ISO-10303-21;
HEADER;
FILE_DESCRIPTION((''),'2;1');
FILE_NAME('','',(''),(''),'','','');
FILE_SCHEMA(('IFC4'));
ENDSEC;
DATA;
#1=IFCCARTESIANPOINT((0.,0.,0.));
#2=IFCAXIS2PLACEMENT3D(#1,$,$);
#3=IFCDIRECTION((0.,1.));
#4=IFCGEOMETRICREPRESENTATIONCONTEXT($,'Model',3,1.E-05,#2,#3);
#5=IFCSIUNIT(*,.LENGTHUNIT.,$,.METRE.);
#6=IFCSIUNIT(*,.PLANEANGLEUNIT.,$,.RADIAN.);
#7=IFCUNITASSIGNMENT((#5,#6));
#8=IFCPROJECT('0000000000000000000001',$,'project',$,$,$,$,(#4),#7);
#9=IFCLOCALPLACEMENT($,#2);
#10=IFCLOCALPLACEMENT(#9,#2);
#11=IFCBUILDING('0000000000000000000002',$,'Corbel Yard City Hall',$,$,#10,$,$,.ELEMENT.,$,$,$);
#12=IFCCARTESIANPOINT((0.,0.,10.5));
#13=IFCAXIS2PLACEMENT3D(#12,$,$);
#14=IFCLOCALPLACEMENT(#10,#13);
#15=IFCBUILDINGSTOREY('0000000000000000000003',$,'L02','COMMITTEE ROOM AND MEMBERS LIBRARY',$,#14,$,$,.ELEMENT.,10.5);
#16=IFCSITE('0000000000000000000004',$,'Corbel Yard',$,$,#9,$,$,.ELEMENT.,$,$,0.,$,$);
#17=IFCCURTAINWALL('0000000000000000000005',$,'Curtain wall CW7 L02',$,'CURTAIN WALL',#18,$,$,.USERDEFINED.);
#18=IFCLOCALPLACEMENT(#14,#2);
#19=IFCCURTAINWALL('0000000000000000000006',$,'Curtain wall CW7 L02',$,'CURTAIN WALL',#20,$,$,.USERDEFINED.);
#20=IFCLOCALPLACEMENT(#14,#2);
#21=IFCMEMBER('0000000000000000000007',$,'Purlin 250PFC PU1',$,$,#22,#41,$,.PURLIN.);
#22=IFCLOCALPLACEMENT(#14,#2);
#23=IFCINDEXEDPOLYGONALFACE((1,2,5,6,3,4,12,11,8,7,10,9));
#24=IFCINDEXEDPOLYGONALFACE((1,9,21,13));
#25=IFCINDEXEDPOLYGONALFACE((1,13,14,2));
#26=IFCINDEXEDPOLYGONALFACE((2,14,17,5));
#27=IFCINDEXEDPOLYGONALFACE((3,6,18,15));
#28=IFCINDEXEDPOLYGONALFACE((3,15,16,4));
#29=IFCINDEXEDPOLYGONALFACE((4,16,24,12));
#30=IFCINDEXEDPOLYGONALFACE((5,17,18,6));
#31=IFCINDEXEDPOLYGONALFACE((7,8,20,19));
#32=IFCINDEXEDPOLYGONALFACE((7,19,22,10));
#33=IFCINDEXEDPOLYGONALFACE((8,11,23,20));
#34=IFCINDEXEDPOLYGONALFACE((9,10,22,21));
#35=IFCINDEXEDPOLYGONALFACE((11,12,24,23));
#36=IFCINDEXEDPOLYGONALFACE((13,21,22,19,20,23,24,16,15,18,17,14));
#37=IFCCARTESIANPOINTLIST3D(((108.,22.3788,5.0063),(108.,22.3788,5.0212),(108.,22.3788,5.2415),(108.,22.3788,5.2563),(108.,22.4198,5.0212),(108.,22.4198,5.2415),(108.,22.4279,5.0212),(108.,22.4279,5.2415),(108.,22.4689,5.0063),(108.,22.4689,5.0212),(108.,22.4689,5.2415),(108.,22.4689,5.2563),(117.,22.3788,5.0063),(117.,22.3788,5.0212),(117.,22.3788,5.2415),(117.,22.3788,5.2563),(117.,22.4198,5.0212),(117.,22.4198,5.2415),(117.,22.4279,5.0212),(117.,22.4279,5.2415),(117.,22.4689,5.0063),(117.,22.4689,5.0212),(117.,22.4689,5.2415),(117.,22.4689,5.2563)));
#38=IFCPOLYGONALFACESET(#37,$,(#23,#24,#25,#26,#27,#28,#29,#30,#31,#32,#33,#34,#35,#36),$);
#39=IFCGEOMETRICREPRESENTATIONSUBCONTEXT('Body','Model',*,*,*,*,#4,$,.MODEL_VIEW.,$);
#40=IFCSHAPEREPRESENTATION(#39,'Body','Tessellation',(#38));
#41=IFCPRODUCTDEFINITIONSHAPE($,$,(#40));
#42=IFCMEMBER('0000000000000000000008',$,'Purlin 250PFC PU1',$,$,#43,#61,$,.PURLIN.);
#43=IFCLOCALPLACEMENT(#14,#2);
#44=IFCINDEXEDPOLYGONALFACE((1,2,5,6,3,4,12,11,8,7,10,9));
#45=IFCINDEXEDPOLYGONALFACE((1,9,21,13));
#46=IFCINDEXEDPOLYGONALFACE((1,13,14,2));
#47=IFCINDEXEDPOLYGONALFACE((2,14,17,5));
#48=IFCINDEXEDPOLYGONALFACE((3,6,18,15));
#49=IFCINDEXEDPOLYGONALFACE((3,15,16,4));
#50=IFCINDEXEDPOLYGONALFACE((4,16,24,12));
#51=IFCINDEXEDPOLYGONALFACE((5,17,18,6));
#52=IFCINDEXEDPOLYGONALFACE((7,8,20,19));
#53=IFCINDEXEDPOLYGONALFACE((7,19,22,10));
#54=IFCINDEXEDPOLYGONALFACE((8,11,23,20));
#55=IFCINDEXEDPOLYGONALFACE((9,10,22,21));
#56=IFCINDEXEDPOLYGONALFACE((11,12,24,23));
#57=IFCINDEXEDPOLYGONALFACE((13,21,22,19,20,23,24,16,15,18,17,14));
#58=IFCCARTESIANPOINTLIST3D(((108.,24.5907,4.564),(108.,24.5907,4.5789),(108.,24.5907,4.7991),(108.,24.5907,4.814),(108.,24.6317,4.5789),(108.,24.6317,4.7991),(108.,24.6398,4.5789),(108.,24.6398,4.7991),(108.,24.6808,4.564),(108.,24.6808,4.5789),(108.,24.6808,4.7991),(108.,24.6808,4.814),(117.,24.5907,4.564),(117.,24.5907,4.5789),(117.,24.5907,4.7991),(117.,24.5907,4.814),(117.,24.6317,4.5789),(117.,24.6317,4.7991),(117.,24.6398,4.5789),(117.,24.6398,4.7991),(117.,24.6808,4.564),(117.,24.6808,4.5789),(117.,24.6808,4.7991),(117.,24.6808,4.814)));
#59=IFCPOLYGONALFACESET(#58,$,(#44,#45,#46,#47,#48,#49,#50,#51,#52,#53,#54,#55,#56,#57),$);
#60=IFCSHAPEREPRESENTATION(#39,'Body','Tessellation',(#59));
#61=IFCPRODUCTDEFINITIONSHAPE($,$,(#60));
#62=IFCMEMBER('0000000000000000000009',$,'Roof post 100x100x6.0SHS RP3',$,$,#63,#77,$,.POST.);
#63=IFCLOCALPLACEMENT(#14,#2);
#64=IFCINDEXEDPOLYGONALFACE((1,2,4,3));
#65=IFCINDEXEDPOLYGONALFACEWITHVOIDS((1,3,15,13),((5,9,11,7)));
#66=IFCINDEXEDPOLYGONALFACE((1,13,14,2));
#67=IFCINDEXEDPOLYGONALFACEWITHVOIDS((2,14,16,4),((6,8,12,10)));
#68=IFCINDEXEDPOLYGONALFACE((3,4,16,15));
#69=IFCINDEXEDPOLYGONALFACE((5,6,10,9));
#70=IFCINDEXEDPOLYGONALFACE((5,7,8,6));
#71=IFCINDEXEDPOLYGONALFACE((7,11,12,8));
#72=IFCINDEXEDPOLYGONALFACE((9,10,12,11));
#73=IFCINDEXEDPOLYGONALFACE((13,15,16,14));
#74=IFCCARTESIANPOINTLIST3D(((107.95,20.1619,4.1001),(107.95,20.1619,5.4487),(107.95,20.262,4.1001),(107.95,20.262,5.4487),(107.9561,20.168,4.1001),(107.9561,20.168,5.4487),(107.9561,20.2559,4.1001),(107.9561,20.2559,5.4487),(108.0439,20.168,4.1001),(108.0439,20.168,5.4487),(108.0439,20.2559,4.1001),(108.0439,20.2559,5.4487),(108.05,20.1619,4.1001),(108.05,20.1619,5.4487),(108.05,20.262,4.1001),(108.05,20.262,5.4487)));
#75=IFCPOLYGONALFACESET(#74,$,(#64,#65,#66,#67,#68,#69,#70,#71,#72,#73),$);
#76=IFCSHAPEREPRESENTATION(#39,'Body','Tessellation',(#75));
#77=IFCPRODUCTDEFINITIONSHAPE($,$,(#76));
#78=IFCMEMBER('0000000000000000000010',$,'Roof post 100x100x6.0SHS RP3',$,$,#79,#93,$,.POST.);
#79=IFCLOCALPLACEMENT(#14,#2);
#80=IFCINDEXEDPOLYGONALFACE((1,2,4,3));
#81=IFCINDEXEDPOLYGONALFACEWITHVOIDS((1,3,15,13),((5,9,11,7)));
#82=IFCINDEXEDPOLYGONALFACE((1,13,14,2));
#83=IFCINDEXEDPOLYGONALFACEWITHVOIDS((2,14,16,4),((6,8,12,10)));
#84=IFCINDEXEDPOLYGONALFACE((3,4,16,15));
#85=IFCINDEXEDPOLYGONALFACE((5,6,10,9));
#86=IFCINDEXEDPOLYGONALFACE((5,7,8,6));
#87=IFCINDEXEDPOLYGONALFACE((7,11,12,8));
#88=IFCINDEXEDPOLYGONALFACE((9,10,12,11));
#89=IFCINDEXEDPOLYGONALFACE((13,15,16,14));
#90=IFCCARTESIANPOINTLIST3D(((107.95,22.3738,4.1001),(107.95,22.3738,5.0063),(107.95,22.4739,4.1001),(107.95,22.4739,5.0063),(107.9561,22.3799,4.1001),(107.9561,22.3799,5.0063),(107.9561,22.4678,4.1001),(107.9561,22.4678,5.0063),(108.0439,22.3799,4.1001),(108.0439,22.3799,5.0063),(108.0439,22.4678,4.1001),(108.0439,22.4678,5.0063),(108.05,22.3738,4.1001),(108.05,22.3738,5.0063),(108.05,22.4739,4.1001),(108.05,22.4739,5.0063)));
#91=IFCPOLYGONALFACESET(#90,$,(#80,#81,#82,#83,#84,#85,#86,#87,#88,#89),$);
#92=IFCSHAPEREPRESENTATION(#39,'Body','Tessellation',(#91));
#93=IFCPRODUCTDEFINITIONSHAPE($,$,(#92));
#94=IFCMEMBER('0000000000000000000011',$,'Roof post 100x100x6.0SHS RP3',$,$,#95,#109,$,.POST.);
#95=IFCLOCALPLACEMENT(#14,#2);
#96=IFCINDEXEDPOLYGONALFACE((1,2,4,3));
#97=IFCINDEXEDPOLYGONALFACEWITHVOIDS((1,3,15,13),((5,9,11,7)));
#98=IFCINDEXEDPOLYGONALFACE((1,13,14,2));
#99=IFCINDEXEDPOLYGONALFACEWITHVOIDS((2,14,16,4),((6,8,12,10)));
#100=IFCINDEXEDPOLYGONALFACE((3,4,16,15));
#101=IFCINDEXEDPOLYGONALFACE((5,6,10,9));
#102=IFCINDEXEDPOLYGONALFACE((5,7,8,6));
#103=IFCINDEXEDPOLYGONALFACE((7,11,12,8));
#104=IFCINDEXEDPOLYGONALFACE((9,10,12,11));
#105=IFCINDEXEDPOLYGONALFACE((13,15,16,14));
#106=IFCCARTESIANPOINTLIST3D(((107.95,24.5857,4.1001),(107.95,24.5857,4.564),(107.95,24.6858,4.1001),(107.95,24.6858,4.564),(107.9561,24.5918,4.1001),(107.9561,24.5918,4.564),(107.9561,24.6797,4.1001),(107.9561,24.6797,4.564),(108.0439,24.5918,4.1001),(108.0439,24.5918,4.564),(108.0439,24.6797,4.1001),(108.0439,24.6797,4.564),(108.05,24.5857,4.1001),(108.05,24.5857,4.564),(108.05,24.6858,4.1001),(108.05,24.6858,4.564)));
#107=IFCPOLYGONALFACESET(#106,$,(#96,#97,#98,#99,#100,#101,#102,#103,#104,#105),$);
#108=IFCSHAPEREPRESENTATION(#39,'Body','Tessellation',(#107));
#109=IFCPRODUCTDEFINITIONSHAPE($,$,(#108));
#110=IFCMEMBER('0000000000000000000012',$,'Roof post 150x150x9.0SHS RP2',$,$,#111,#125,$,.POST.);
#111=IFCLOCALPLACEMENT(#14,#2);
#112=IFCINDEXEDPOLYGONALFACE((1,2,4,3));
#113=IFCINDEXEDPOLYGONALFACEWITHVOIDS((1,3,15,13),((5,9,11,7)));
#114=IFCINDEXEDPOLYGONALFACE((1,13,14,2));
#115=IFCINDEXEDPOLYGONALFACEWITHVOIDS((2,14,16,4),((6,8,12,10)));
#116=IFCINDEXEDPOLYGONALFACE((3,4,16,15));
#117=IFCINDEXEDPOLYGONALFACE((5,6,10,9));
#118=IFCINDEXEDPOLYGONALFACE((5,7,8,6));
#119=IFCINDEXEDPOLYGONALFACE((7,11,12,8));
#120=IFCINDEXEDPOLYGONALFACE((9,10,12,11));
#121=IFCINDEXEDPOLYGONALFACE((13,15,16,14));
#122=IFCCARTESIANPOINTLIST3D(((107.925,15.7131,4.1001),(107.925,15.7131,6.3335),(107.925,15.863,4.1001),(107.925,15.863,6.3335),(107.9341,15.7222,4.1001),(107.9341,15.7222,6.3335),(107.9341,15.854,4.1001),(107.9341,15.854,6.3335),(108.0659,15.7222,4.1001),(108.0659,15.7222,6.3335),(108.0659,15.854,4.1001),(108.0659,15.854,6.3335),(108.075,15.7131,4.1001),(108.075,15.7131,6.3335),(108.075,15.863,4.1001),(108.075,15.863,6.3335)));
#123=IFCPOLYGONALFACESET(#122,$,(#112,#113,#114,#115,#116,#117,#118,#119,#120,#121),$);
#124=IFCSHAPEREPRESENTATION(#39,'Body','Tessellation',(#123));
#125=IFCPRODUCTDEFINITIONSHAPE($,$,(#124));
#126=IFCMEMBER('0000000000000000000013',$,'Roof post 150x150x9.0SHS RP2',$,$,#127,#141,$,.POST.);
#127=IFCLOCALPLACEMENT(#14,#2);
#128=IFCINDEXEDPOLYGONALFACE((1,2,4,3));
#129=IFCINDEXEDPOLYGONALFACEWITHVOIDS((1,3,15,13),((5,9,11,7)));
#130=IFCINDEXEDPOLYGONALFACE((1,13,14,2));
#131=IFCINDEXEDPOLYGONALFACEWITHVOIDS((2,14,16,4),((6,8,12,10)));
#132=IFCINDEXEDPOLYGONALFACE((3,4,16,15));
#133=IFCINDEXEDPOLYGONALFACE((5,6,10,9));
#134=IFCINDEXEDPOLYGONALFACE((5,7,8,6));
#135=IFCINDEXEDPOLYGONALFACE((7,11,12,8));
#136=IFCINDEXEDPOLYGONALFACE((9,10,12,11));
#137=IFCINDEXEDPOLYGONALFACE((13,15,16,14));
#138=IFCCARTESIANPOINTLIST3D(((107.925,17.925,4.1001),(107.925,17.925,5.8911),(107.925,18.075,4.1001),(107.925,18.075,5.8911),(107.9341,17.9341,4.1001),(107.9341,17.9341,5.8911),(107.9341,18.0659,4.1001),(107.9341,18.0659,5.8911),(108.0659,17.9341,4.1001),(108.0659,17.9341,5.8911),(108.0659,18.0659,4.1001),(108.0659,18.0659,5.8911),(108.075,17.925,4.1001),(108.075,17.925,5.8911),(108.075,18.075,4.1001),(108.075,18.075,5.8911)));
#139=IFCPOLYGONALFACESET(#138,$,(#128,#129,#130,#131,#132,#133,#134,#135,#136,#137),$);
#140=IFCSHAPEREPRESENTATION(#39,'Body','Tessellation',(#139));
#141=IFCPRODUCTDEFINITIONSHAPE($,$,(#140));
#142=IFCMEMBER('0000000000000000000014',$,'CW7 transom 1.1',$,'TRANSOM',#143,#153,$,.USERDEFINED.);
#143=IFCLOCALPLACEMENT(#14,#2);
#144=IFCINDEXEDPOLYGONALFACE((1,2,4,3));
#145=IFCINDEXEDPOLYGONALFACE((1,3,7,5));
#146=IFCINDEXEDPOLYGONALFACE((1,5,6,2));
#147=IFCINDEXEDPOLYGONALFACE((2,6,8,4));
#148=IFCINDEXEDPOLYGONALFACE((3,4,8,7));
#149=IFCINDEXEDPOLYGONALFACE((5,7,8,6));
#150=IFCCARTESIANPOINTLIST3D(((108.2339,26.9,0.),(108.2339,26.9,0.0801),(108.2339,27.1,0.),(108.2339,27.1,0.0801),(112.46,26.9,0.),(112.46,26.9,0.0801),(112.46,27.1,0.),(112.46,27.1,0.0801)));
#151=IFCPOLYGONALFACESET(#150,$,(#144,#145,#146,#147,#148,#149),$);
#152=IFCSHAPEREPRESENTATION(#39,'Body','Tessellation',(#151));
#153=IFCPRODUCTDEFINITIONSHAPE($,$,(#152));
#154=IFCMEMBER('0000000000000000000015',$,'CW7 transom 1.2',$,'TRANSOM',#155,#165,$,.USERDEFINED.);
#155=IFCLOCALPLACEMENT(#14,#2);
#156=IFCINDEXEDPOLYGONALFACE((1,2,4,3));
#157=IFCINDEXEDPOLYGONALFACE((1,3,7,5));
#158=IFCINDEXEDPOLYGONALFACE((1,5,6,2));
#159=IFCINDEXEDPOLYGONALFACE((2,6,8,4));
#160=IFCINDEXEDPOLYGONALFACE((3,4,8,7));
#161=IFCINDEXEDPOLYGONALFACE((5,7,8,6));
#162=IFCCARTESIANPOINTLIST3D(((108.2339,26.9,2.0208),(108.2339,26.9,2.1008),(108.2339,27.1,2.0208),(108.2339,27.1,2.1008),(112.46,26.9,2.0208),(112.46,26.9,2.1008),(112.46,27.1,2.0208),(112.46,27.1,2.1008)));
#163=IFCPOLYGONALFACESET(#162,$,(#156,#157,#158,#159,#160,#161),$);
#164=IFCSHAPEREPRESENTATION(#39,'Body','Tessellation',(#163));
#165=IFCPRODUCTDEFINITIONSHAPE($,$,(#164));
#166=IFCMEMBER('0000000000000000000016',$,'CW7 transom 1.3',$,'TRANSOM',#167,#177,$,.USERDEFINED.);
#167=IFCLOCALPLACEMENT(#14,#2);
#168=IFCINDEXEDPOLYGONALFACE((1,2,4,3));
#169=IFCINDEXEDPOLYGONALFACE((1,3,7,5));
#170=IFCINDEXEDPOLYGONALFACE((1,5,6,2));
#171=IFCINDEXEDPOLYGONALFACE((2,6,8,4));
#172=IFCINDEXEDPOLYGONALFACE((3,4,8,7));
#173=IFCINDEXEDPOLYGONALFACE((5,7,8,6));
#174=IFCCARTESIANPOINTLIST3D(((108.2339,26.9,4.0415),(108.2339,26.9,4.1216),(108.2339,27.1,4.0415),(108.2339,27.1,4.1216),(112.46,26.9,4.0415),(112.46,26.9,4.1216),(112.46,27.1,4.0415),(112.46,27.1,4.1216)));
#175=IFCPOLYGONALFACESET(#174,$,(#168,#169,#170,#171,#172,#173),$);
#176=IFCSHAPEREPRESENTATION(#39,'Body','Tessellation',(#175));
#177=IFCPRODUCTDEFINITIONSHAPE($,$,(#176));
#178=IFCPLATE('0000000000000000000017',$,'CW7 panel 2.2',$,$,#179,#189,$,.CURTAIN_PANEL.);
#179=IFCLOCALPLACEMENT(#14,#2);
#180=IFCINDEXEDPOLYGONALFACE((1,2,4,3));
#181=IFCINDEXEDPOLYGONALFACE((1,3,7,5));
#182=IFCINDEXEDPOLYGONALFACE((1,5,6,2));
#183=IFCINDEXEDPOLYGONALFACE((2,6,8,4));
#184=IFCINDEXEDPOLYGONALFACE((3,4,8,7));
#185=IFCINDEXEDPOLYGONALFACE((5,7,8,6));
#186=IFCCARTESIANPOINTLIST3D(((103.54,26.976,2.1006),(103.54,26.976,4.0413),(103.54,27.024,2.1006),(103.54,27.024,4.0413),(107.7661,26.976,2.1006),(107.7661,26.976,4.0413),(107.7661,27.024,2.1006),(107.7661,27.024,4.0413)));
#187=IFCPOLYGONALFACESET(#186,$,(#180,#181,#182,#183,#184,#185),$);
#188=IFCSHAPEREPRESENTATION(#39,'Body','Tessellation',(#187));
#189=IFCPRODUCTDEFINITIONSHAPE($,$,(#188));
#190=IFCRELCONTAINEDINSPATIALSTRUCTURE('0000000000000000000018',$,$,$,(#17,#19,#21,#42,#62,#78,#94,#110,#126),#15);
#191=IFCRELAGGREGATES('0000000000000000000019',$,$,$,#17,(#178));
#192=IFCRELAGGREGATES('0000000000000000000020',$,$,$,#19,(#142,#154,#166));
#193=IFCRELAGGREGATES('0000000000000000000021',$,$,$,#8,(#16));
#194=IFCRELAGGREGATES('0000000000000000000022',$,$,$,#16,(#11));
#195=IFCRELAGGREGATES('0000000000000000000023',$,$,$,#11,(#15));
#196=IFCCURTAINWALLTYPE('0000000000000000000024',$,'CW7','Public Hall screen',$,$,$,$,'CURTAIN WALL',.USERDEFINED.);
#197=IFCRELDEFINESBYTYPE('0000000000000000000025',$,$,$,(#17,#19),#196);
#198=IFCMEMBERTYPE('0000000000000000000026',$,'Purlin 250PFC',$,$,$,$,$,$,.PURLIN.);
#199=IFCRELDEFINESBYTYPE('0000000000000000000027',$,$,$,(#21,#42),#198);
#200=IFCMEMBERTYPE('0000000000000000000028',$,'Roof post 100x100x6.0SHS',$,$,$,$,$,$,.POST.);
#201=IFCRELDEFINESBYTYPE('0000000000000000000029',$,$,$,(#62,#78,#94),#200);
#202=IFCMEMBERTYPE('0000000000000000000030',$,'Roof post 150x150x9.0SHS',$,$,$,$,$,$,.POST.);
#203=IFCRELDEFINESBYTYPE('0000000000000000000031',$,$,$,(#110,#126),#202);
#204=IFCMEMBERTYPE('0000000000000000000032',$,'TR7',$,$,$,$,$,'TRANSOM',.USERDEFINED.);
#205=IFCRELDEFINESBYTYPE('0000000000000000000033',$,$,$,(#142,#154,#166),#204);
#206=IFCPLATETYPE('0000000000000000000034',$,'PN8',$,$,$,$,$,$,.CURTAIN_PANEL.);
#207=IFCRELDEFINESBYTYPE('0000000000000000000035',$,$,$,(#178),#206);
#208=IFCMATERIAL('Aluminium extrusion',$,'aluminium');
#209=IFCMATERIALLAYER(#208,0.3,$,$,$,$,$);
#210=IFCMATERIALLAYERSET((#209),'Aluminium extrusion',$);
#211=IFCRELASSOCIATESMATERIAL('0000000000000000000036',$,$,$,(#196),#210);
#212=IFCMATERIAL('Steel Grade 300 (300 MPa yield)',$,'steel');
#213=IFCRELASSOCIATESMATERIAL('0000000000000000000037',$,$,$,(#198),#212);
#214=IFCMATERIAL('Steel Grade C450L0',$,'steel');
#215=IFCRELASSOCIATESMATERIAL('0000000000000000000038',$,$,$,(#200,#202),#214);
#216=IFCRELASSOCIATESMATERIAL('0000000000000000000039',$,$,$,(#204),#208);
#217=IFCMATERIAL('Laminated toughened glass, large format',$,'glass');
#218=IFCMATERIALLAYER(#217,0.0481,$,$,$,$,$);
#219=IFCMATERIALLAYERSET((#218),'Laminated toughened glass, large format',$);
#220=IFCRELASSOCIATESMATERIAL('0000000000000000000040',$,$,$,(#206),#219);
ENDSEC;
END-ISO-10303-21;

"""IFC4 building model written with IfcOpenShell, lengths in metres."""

from ifc_helpers import new_model, si_unit, direction, frame, origin, origin_2d, place, context, subcontext, project, spatial, rectangle, hollow_rectangle, i_section, extrude, material, layer, layer_set, material_profile, profile_set, type_object, element, aggregate, save


model = new_model("IFC4")

# Units and contexts
model_context = context("Model", 3, precision=1e-05, world=origin(), true_north=direction((0.0, 1.0)))
body_context = subcontext(model_context, "Body", "Model", "MODEL_VIEW")
ifc_project = project(units=[si_unit("LENGTHUNIT", "METRE"), si_unit("PLANEANGLEUNIT", "RADIAN")], contexts=[model_context])

# Site, building, storey
site_placement = place(None, origin())
site = spatial("IfcSite", under=ifc_project, at=site_placement, Name="Corbel Yard", CompositionType="ELEMENT", RefElevation=0.0)
building_placement = place(site_placement, origin())
building = spatial("IfcBuilding", under=site, at=building_placement, Name="Corbel Yard City Hall", CompositionType="ELEMENT")
storey_placement = place(building_placement, frame((0.0, 0.0, 10.5)))
storey = spatial("IfcBuildingStorey", under=building, at=storey_placement, Name="L02", Description="COMMITTEE ROOM AND MEMBERS LIBRARY", CompositionType="ELEMENT", Elevation=10.5)

# Shared definitions
ifc_material_1 = material(Name="Steel Grade 300 (300 MPa yield)", Category="steel")

# Curtain walls
ifc_material_2 = material(Name="Aluminium extrusion", Category="aluminium")
ifc_layer_1 = layer(ifc_material_2, 0.3)
ifc_layer_set_1 = layer_set([ifc_layer_1], Name="Aluminium extrusion")
curtain_wall_type = type_object("IfcCurtainWallType", Name="CW7", Description="Public Hall screen", ElementType="CURTAIN WALL", PredefinedType="USERDEFINED", material=ifc_layer_set_1)
curtain_wall_1_placement = place(storey_placement, origin())
curtain_wall_1 = element("IfcCurtainWall", 1, at=curtain_wall_1_placement, inside=storey, type_object=curtain_wall_type, Name="Curtain wall CW7 L02", ObjectType="CURTAIN WALL", PredefinedType="USERDEFINED")
curtain_wall_2_placement = place(storey_placement, origin())
curtain_wall_2 = element("IfcCurtainWall", 2, at=curtain_wall_2_placement, inside=storey, type_object=curtain_wall_type, Name="Curtain wall CW7 L02", ObjectType="CURTAIN WALL", PredefinedType="USERDEFINED")

# Members
ifc_material_profile_1 = material_profile(ifc_material_1, i_section(OverallWidth=0.0901, OverallDepth=0.25, WebThickness=0.0081, FlangeThickness=0.0149, at=origin_2d()), Name="250PFC")
ifc_profile_set_1 = profile_set([ifc_material_profile_1], Name="Steel Grade 300 (300 MPa yield)")
member_type_1 = type_object("IfcMemberType", Name="Purlin 250PFC", PredefinedType="PURLIN", material=ifc_profile_set_1)
for number, where, z_axis, x_axis, name in (
    (3, (108.0, 22.4238, 5.1313), (1.0, 0.0, 0.0), (0.0, 1.0, 0.0), "Purlin 250PFC PU1"),
    (4, (108.0, 24.6357, 4.689), (1.0, 0.0, 0.0), (0.0, 1.0, 0.0), "Purlin 250PFC PU1"),
):
    element("IfcMember", number, at=place(storey_placement, frame(where, z_axis=z_axis, x_axis=x_axis)), inside=storey, type_object=member_type_1, Name=name, PredefinedType="PURLIN", context=body_context, shape_type="SweptSolid", body=[
        extrude(i_section(OverallWidth=0.0901, OverallDepth=0.25, WebThickness=0.0081, FlangeThickness=0.0149, at=origin_2d()), origin(), (0.0, 0.0, 1.0), 9.0),
    ])
ifc_material_3 = material(Name="Steel Grade C450L0", Category="steel")
ifc_material_profile_2 = material_profile(ifc_material_3, hollow_rectangle(XDim=0.1001, YDim=0.1001, WallThickness=0.0061, at=origin_2d()), Name="100x100x6.0SHS")
ifc_profile_set_2 = profile_set([ifc_material_profile_2], Name="Steel Grade C450L0")
member_type_2 = type_object("IfcMemberType", Name="Roof post 100x100x6.0SHS", PredefinedType="POST", material=ifc_profile_set_2)
member_1_placement = place(storey_placement, frame((108.0, 20.2119, 4.1001), z_axis=(0.0, 0.0, 1.0), x_axis=(1.0, 0.0, 0.0)))
element("IfcMember", 5, at=member_1_placement, inside=storey, type_object=member_type_2, Name="Roof post 100x100x6.0SHS RP3", PredefinedType="POST", context=body_context, shape_type="SweptSolid", body=[
    extrude(hollow_rectangle(XDim=0.1001, YDim=0.1001, WallThickness=0.0061, at=origin_2d()), origin(), (0.0, 0.0, 1.0), 1.3486),
])
member_2_placement = place(storey_placement, frame((108.0, 22.4238, 4.1001), z_axis=(0.0, 0.0, 1.0), x_axis=(1.0, 0.0, 0.0)))
element("IfcMember", 6, at=member_2_placement, inside=storey, type_object=member_type_2, Name="Roof post 100x100x6.0SHS RP3", PredefinedType="POST", context=body_context, shape_type="SweptSolid", body=[
    extrude(hollow_rectangle(XDim=0.1001, YDim=0.1001, WallThickness=0.0061, at=origin_2d()), origin(), (0.0, 0.0, 1.0), 0.9062),
])
member_3_placement = place(storey_placement, frame((108.0, 24.6357, 4.1001), z_axis=(0.0, 0.0, 1.0), x_axis=(1.0, 0.0, 0.0)))
element("IfcMember", 7, at=member_3_placement, inside=storey, type_object=member_type_2, Name="Roof post 100x100x6.0SHS RP3", PredefinedType="POST", context=body_context, shape_type="SweptSolid", body=[
    extrude(hollow_rectangle(XDim=0.1001, YDim=0.1001, WallThickness=0.0061, at=origin_2d()), origin(), (0.0, 0.0, 1.0), 0.4639),
])
ifc_material_profile_3 = material_profile(ifc_material_3, hollow_rectangle(XDim=0.1499, YDim=0.1499, WallThickness=0.009, at=origin_2d()), Name="150x150x9.0SHS")
ifc_profile_set_3 = profile_set([ifc_material_profile_3], Name="Steel Grade C450L0")
member_type_3 = type_object("IfcMemberType", Name="Roof post 150x150x9.0SHS", PredefinedType="POST", material=ifc_profile_set_3)
member_4_placement = place(storey_placement, frame((108.0, 15.7881, 4.1001), z_axis=(0.0, 0.0, 1.0), x_axis=(1.0, 0.0, 0.0)))
element("IfcMember", 8, at=member_4_placement, inside=storey, type_object=member_type_3, Name="Roof post 150x150x9.0SHS RP2", PredefinedType="POST", context=body_context, shape_type="SweptSolid", body=[
    extrude(hollow_rectangle(XDim=0.1499, YDim=0.1499, WallThickness=0.009, at=origin_2d()), origin(), (0.0, 0.0, 1.0), 2.2334),
])
member_5_placement = place(storey_placement, frame((108.0, 18.0, 4.1001), z_axis=(0.0, 0.0, 1.0), x_axis=(1.0, 0.0, 0.0)))
element("IfcMember", 9, at=member_5_placement, inside=storey, type_object=member_type_3, Name="Roof post 150x150x9.0SHS RP2", PredefinedType="POST", context=body_context, shape_type="SweptSolid", body=[
    extrude(hollow_rectangle(XDim=0.1499, YDim=0.1499, WallThickness=0.009, at=origin_2d()), origin(), (0.0, 0.0, 1.0), 1.791),
])

# Members
ifc_material_profile_4 = material_profile(ifc_material_2, rectangle(XDim=0.2, YDim=0.0801, at=origin_2d()), Name="200x80")
ifc_profile_set_4 = profile_set([ifc_material_profile_4], Name="Aluminium extrusion")
member_type_4 = type_object("IfcMemberType", Name="TR7", ElementType="TRANSOM", PredefinedType="USERDEFINED", material=ifc_profile_set_4)
member_6_placement = place(storey_placement, frame((108.2339, 27.0, 0.04), z_axis=(1.0, 0.0, 0.0), x_axis=(0.0, 1.0, 0.0)))
member_6 = element("IfcMember", 10, at=member_6_placement, type_object=member_type_4, Name="CW7 transom 1.1", ObjectType="TRANSOM", PredefinedType="USERDEFINED", context=body_context, shape_type="SweptSolid", body=[
    extrude(rectangle(XDim=0.2, YDim=0.0801, at=origin_2d()), origin(), (0.0, 0.0, 1.0), 4.2261),
])
member_7_placement = place(storey_placement, frame((108.2339, 27.0, 2.0608), z_axis=(1.0, 0.0, 0.0), x_axis=(0.0, 1.0, 0.0)))
member_7 = element("IfcMember", 11, at=member_7_placement, type_object=member_type_4, Name="CW7 transom 1.2", ObjectType="TRANSOM", PredefinedType="USERDEFINED", context=body_context, shape_type="SweptSolid", body=[
    extrude(rectangle(XDim=0.2, YDim=0.0801, at=origin_2d()), origin(), (0.0, 0.0, 1.0), 4.2261),
])
member_8_placement = place(storey_placement, frame((108.2339, 27.0, 4.0815), z_axis=(1.0, 0.0, 0.0), x_axis=(0.0, 1.0, 0.0)))
member_8 = element("IfcMember", 12, at=member_8_placement, type_object=member_type_4, Name="CW7 transom 1.3", ObjectType="TRANSOM", PredefinedType="USERDEFINED", context=body_context, shape_type="SweptSolid", body=[
    extrude(rectangle(XDim=0.2, YDim=0.0801, at=origin_2d()), origin(), (0.0, 0.0, 1.0), 4.2261),
])

# Plate
ifc_material_4 = material(Name="Laminated toughened glass, large format", Category="glass")
ifc_layer_2 = layer(ifc_material_4, 0.0481)
ifc_layer_set_2 = layer_set([ifc_layer_2], Name="Laminated toughened glass, large format")
plate_type_1 = type_object("IfcPlateType", Name="PN8", PredefinedType="CURTAIN_PANEL", material=ifc_layer_set_2)
plate_1_placement = place(storey_placement, frame((105.6531, 27.0, 2.1006), z_axis=(0.0, 0.0, 1.0), x_axis=(1.0, 0.0, 0.0)))
plate_1 = element("IfcPlate", 13, at=plate_1_placement, type_object=plate_type_1, Name="CW7 panel 2.2", PredefinedType="CURTAIN_PANEL", context=body_context, shape_type="SweptSolid", body=[
    extrude(rectangle(XDim=4.2261, YDim=0.0481, at=origin_2d()), origin(), (0.0, 0.0, 1.0), 1.9407),
])
aggregate(curtain_wall_1, [plate_1])
aggregate(curtain_wall_2, [member_6, member_7, member_8])

save(model, "model.ifc")
